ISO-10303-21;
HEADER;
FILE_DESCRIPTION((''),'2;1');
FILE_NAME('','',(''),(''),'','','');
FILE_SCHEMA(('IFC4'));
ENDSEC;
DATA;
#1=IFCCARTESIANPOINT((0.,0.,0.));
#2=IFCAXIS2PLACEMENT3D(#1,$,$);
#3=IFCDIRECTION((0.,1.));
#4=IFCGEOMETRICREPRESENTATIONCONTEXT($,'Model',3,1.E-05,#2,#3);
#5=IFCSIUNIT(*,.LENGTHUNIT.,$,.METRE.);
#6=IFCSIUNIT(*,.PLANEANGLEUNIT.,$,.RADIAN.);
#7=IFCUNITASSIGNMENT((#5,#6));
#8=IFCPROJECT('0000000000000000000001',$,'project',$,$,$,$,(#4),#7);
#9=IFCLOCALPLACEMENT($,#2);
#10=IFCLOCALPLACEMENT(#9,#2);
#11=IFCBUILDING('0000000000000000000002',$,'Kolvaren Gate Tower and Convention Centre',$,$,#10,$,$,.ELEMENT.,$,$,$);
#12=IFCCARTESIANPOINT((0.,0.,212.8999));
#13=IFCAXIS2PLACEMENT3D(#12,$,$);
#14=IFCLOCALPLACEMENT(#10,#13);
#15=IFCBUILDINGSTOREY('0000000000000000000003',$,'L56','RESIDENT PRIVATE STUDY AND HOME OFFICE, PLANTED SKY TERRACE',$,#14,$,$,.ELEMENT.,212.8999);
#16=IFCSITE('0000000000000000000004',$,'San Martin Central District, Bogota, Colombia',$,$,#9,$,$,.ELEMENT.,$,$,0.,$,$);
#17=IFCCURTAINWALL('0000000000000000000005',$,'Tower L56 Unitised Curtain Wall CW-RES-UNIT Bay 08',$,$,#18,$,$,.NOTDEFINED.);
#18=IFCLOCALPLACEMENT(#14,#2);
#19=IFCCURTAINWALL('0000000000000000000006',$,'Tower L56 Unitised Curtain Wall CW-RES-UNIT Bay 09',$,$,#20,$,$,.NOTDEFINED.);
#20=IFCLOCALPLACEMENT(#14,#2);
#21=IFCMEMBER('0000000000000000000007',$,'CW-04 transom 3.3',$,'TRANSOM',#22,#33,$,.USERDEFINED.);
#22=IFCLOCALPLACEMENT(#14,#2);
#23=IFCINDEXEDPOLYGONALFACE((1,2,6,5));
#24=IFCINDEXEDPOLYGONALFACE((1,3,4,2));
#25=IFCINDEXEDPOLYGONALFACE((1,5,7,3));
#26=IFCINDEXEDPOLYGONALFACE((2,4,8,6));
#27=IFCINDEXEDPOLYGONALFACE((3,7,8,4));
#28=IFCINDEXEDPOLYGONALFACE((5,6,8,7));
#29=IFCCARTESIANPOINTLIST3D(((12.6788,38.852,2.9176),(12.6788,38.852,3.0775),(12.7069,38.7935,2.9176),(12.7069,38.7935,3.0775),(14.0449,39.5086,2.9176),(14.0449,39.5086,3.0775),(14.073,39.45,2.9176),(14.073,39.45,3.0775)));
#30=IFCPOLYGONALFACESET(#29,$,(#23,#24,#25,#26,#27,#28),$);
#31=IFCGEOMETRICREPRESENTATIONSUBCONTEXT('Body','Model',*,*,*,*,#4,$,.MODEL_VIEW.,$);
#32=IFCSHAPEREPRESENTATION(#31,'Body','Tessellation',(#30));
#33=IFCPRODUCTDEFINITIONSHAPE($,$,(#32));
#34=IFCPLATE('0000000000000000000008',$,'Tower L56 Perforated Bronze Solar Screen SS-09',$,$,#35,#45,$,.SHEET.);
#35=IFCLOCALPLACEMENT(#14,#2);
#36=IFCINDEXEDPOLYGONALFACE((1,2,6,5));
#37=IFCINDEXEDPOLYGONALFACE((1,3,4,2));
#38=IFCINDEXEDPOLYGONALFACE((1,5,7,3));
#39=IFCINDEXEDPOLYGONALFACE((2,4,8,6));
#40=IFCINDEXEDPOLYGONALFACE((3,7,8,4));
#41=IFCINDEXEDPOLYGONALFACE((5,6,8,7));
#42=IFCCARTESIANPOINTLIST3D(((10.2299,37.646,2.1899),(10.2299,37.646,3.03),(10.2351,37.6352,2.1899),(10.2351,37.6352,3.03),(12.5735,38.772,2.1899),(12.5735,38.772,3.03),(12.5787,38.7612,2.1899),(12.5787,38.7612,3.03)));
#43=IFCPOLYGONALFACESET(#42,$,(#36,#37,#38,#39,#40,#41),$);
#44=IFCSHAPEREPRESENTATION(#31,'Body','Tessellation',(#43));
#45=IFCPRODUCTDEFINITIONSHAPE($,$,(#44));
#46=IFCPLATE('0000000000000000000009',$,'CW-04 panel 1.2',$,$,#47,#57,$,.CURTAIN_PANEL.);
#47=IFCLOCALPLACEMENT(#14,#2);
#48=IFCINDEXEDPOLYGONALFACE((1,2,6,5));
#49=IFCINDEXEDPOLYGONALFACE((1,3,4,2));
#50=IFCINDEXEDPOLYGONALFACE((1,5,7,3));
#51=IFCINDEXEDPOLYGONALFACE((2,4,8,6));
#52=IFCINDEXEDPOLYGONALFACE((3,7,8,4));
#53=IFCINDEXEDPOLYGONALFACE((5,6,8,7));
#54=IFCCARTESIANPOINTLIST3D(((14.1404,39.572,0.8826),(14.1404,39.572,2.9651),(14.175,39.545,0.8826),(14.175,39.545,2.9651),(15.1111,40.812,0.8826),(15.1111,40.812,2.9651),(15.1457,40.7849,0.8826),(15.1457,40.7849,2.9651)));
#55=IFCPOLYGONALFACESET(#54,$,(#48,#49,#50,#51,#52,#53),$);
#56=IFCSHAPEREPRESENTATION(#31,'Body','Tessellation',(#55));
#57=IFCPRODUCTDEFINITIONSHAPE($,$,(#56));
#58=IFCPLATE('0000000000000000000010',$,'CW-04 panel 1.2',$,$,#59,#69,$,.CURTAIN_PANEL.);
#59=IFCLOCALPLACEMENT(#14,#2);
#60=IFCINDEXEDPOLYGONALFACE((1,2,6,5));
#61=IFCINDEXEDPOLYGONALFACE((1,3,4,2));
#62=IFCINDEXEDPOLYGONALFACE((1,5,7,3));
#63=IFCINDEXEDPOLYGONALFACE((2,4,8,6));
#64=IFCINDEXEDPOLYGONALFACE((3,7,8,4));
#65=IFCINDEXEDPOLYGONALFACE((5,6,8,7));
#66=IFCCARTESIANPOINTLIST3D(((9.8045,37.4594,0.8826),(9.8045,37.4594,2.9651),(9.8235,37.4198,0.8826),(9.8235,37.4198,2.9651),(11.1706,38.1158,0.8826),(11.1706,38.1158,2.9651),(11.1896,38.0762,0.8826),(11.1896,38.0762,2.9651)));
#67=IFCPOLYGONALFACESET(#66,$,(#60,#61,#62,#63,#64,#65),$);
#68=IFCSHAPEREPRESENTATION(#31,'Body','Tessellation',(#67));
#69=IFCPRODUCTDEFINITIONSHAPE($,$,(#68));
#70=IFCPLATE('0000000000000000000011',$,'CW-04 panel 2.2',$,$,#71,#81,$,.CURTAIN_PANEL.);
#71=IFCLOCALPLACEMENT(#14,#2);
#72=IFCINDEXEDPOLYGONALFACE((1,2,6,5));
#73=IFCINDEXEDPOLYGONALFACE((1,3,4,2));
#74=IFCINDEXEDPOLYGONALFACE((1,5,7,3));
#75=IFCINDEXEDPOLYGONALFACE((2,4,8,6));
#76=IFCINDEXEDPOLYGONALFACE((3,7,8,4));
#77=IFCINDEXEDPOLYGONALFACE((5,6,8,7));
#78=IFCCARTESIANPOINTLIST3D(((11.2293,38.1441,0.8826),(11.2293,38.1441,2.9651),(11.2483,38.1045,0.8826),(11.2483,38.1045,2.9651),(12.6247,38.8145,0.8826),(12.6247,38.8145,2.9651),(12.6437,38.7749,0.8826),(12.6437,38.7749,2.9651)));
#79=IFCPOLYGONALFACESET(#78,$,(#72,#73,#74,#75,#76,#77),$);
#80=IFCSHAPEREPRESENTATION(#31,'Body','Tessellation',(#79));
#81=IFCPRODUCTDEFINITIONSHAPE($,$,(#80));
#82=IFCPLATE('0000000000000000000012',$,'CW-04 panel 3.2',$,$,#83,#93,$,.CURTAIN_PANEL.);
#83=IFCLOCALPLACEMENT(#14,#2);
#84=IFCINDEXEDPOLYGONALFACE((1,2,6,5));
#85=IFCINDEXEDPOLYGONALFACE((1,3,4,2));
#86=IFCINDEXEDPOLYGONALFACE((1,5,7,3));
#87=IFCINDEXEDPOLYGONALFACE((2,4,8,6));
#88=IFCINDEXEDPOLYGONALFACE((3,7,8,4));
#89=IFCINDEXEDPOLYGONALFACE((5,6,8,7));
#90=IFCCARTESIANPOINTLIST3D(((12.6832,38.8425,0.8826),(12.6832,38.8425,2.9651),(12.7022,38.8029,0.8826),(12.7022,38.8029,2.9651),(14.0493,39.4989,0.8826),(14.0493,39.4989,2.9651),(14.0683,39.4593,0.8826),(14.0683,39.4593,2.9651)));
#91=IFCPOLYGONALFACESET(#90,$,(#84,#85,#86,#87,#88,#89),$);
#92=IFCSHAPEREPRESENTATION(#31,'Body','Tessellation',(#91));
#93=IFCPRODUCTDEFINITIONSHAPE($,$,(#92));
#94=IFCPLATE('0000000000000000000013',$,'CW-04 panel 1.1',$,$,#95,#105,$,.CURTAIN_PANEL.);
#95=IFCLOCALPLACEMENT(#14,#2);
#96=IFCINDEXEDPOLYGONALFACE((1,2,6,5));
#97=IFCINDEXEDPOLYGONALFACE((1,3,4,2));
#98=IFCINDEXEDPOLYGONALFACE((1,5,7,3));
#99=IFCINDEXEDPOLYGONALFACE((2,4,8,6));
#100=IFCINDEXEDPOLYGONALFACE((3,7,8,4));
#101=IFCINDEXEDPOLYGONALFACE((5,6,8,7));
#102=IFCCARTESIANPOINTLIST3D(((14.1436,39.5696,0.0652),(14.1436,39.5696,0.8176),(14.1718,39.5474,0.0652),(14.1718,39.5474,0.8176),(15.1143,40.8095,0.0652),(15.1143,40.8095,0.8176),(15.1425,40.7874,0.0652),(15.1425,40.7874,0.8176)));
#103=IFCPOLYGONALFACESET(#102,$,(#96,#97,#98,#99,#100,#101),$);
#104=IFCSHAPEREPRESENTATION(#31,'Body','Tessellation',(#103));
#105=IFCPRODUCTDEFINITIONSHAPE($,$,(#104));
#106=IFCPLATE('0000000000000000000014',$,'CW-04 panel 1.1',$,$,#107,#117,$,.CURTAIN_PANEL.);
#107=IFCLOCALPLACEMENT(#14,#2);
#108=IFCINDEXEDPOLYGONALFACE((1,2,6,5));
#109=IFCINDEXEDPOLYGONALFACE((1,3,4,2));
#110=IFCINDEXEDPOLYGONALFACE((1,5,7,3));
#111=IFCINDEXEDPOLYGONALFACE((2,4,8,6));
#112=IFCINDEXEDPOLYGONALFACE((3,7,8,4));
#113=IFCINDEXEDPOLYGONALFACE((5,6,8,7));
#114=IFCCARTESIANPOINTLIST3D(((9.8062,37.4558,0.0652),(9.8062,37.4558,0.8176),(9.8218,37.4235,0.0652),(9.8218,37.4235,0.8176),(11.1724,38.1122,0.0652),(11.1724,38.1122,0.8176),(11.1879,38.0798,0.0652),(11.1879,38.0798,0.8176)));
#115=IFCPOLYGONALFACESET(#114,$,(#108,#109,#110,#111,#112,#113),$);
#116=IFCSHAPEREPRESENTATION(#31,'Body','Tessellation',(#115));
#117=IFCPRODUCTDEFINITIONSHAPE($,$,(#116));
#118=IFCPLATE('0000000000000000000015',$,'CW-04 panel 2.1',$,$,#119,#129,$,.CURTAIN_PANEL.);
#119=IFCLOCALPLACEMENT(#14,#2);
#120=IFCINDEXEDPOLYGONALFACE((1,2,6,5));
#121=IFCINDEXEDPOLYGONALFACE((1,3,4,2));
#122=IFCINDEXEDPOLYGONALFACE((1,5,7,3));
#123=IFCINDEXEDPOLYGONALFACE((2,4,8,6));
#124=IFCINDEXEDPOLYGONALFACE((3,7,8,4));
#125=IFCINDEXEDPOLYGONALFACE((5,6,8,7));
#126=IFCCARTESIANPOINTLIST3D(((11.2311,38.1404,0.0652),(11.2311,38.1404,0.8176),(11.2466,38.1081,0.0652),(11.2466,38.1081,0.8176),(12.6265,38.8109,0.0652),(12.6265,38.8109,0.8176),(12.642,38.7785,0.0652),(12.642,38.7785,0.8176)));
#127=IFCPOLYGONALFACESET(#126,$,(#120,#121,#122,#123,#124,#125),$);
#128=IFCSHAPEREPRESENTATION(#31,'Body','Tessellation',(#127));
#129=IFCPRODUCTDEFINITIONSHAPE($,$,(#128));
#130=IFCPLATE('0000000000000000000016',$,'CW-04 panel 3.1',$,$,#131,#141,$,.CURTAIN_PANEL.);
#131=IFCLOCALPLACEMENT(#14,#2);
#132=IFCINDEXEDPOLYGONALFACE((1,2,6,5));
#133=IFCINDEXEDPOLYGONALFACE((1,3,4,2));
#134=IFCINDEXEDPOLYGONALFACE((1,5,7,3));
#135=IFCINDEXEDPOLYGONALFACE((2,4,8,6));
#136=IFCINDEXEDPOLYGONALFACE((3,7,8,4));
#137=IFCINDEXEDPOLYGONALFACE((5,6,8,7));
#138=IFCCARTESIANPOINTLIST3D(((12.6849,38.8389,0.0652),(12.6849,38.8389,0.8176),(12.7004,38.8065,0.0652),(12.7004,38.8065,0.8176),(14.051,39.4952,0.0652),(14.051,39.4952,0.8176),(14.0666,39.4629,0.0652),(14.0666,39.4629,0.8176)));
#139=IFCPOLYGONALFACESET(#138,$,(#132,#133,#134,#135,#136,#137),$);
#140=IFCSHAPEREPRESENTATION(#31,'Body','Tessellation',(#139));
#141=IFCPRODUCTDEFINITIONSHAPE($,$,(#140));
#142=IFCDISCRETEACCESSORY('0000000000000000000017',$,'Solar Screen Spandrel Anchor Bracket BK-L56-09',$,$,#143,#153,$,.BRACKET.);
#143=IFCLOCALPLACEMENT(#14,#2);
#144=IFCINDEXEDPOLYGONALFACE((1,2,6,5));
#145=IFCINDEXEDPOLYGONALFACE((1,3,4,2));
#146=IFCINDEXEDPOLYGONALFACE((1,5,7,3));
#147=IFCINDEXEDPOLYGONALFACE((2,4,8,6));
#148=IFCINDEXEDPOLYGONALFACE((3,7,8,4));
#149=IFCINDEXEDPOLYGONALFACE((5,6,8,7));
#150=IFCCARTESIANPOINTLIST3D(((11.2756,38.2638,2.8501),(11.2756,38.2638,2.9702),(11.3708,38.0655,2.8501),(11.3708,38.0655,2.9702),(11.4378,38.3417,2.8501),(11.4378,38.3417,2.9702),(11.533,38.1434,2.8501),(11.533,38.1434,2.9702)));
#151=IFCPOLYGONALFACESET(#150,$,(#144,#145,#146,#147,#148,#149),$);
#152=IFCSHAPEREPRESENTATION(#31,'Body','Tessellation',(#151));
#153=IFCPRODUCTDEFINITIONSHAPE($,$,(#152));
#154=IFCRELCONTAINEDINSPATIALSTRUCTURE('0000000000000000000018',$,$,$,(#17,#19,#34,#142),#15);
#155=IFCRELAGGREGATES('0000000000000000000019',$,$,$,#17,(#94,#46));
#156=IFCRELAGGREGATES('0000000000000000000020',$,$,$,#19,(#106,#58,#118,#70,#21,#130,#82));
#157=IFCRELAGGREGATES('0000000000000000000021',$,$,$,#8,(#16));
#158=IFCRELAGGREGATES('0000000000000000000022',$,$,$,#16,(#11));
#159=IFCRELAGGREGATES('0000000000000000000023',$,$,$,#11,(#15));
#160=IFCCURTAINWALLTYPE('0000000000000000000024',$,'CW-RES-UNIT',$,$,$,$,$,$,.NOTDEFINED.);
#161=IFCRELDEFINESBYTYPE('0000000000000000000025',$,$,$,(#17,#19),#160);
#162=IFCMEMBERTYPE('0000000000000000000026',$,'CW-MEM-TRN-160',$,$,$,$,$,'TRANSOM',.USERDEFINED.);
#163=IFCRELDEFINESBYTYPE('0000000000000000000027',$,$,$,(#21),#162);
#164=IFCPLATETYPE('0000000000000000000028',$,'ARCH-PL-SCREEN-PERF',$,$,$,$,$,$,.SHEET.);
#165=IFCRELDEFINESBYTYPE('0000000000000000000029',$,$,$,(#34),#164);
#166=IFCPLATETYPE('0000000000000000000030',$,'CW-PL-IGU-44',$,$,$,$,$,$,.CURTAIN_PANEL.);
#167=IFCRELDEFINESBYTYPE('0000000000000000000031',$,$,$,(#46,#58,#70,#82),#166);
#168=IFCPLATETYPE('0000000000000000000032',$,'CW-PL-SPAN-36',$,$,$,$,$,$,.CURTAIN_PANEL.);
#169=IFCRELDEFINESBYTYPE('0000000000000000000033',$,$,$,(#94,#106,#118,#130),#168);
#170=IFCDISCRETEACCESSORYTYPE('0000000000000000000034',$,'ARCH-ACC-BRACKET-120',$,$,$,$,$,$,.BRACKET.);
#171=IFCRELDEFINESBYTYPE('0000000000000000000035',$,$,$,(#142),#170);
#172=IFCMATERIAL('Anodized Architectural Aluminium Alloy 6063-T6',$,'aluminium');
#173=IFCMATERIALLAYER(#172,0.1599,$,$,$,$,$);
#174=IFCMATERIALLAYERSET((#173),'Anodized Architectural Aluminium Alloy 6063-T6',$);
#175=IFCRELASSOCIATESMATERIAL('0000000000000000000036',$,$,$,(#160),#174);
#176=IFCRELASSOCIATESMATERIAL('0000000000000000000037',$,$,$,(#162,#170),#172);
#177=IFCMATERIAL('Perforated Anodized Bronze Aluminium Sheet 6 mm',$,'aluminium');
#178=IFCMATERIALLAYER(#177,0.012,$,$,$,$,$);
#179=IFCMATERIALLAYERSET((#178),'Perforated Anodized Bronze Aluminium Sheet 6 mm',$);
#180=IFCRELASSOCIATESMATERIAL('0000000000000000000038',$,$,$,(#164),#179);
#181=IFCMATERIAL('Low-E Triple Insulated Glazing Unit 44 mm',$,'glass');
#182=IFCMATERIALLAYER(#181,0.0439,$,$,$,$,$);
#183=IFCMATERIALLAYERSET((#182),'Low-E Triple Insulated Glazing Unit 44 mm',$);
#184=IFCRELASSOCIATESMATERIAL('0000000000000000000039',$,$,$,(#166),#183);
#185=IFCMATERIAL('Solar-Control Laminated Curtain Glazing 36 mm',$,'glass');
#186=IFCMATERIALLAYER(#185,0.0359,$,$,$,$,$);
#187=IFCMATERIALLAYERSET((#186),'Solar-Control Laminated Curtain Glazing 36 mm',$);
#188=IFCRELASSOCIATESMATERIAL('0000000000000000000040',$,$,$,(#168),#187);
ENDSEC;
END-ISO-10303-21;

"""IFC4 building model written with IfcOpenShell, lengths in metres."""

from ifc_helpers import new_model, si_unit, direction, frame, origin, origin_2d, place, context, subcontext, project, spatial, rectangle, extrude, material, layer, layer_set, material_profile, profile_set, type_object, element, aggregate, save


model = new_model("IFC4")

# Units and contexts
model_context = context("Model", 3, precision=1e-05, world=origin(), true_north=direction((0.0, 1.0)))
body_context = subcontext(model_context, "Body", "Model", "MODEL_VIEW")
ifc_project = project(units=[si_unit("LENGTHUNIT", "METRE"), si_unit("PLANEANGLEUNIT", "RADIAN")], contexts=[model_context])

# Site, building, storey
site_placement = place(None, origin())
site = spatial("IfcSite", under=ifc_project, at=site_placement, Name="San Martin Central District, Bogota, Colombia", CompositionType="ELEMENT", RefElevation=0.0)
building_placement = place(site_placement, origin())
building = spatial("IfcBuilding", under=site, at=building_placement, Name="Kolvaren Gate Tower and Convention Centre", CompositionType="ELEMENT")
storey_placement = place(building_placement, frame((0.0, 0.0, 212.8999)))
storey = spatial("IfcBuildingStorey", under=building, at=storey_placement, Name="L56", Description="RESIDENT PRIVATE STUDY AND HOME OFFICE, PLANTED SKY TERRACE", CompositionType="ELEMENT", Elevation=212.8999)

# Curtain walls
ifc_material_1 = material(Name="Anodized Architectural Aluminium Alloy 6063-T6", Category="aluminium")
ifc_layer_1 = layer(ifc_material_1, 0.1599)
ifc_layer_set_1 = layer_set([ifc_layer_1], Name="Anodized Architectural Aluminium Alloy 6063-T6")
curtain_wall_type = type_object("IfcCurtainWallType", Name="CW-RES-UNIT", PredefinedType="NOTDEFINED", material=ifc_layer_set_1)
curtain_wall_1_placement = place(storey_placement, origin())
curtain_wall_1 = element("IfcCurtainWall", 1, at=curtain_wall_1_placement, inside=storey, type_object=curtain_wall_type, Name="Tower L56 Unitised Curtain Wall CW-RES-UNIT Bay 08", PredefinedType="NOTDEFINED")
curtain_wall_2_placement = place(storey_placement, origin())
curtain_wall_2 = element("IfcCurtainWall", 2, at=curtain_wall_2_placement, inside=storey, type_object=curtain_wall_type, Name="Tower L56 Unitised Curtain Wall CW-RES-UNIT Bay 09", PredefinedType="NOTDEFINED")

# Member
ifc_material_profile_1 = material_profile(ifc_material_1, rectangle(XDim=0.0649, YDim=0.1599, at=origin_2d()), Name="CW-MEM-TRN-160")
ifc_profile_set_1 = profile_set([ifc_material_profile_1], Name="Anodized Architectural Aluminium Alloy 6063-T6")
member_type_1 = type_object("IfcMemberType", Name="CW-MEM-TRN-160", ElementType="TRANSOM", PredefinedType="USERDEFINED", material=ifc_profile_set_1)
member_1_placement = place(storey_placement, frame((12.6929, 38.8228, 2.9976), z_axis=(0.901309, 0.433176, 0.0), x_axis=(-0.433176, 0.901309, 0.0)))
member_1 = element("IfcMember", 3, at=member_1_placement, type_object=member_type_1, Name="CW-04 transom 3.3", ObjectType="TRANSOM", PredefinedType="USERDEFINED", context=body_context, shape_type="SweptSolid", body=[
    extrude(rectangle(XDim=0.0649, YDim=0.1599, at=origin_2d()), origin(), (0.0, 0.0, 1.0), 1.5156),
])

# Plates
ifc_material_2 = material(Name="Perforated Anodized Bronze Aluminium Sheet 6 mm", Category="aluminium")
ifc_layer_2 = layer(ifc_material_2, 0.012)
ifc_layer_set_2 = layer_set([ifc_layer_2], Name="Perforated Anodized Bronze Aluminium Sheet 6 mm")
plate_type_1 = type_object("IfcPlateType", Name="ARCH-PL-SCREEN-PERF", PredefinedType="SHEET", material=ifc_layer_set_2)
plate_1_placement = place(storey_placement, frame((11.4043, 38.2036, 2.1899), z_axis=(0.0, 0.0, 1.0), x_axis=(0.901359, 0.433072, 0.0)))
element("IfcPlate", 4, at=plate_1_placement, inside=storey, type_object=plate_type_1, Name="Tower L56 Perforated Bronze Solar Screen SS-09", PredefinedType="SHEET", context=body_context, shape_type="SweptSolid", body=[
    extrude(rectangle(XDim=2.6001, YDim=0.012, at=origin_2d()), origin(), (0.0, 0.0, 1.0), 0.8401),
])
ifc_material_3 = material(Name="Low-E Triple Insulated Glazing Unit 44 mm", Category="glass")
ifc_layer_3 = layer(ifc_material_3, 0.0439)
ifc_layer_set_3 = layer_set([ifc_layer_3], Name="Low-E Triple Insulated Glazing Unit 44 mm")
plate_type_2 = type_object("IfcPlateType", Name="CW-PL-IGU-44", PredefinedType="CURTAIN_PANEL", material=ifc_layer_set_3)
plate_2_placement = place(storey_placement, frame((14.6431, 40.1785, 0.8826), z_axis=(0.0, 0.0, 1.0), x_axis=(0.61643, 0.78741, 0.0)))
plate_2 = element("IfcPlate", 5, at=plate_2_placement, type_object=plate_type_2, Name="CW-04 panel 1.2", PredefinedType="CURTAIN_PANEL", context=body_context, shape_type="SweptSolid", body=[
    extrude(rectangle(XDim=1.5747, YDim=0.0439, at=origin_2d()), origin(), (0.0, 0.0, 1.0), 2.0825),
])
plate_3_placement = place(storey_placement, frame((10.4971, 37.7678, 0.8826), z_axis=(0.0, 0.0, 1.0), x_axis=(0.901362, 0.433066, 0.0)))
plate_3 = element("IfcPlate", 6, at=plate_3_placement, type_object=plate_type_2, Name="CW-04 panel 1.2", PredefinedType="CURTAIN_PANEL", context=body_context, shape_type="SweptSolid", body=[
    extrude(rectangle(XDim=1.5156, YDim=0.0439, at=origin_2d()), origin(), (0.0, 0.0, 1.0), 2.0825),
])
plate_4_placement = place(storey_placement, frame((11.9365, 38.4595, 0.8826), z_axis=(0.0, 0.0, 1.0), x_axis=(0.901362, 0.433066, 0.0)))
plate_4 = element("IfcPlate", 7, at=plate_4_placement, type_object=plate_type_2, Name="CW-04 panel 2.2", PredefinedType="CURTAIN_PANEL", context=body_context, shape_type="SweptSolid", body=[
    extrude(rectangle(XDim=1.5481, YDim=0.0439, at=origin_2d()), origin(), (0.0, 0.0, 1.0), 2.0825),
])
plate_5_placement = place(storey_placement, frame((13.3757, 39.1509, 0.8826), z_axis=(0.0, 0.0, 1.0), x_axis=(0.901362, 0.433066, 0.0)))
plate_5 = element("IfcPlate", 8, at=plate_5_placement, type_object=plate_type_2, Name="CW-04 panel 3.2", PredefinedType="CURTAIN_PANEL", context=body_context, shape_type="SweptSolid", body=[
    extrude(rectangle(XDim=1.5156, YDim=0.0439, at=origin_2d()), origin(), (0.0, 0.0, 1.0), 2.0825),
])
ifc_material_4 = material(Name="Solar-Control Laminated Curtain Glazing 36 mm", Category="glass")
ifc_layer_4 = layer(ifc_material_4, 0.0359)
ifc_layer_set_4 = layer_set([ifc_layer_4], Name="Solar-Control Laminated Curtain Glazing 36 mm")
plate_type_3 = type_object("IfcPlateType", Name="CW-PL-SPAN-36", PredefinedType="CURTAIN_PANEL", material=ifc_layer_set_4)
plate_6_placement = place(storey_placement, frame((14.6431, 40.1785, 0.0652), z_axis=(0.0, 0.0, 1.0), x_axis=(0.61643, 0.78741, 0.0)))
plate_6 = element("IfcPlate", 9, at=plate_6_placement, type_object=plate_type_3, Name="CW-04 panel 1.1", PredefinedType="CURTAIN_PANEL", context=body_context, shape_type="SweptSolid", body=[
    extrude(rectangle(XDim=1.5747, YDim=0.0359, at=origin_2d()), origin(), (0.0, 0.0, 1.0), 0.7524),
])
aggregate(curtain_wall_1, [plate_6, plate_2])
plate_7_placement = place(storey_placement, frame((10.4971, 37.7678, 0.0652), z_axis=(0.0, 0.0, 1.0), x_axis=(0.901362, 0.433066, 0.0)))
plate_7 = element("IfcPlate", 10, at=plate_7_placement, type_object=plate_type_3, Name="CW-04 panel 1.1", PredefinedType="CURTAIN_PANEL", context=body_context, shape_type="SweptSolid", body=[
    extrude(rectangle(XDim=1.5156, YDim=0.0359, at=origin_2d()), origin(), (0.0, 0.0, 1.0), 0.7524),
])
plate_8_placement = place(storey_placement, frame((11.9365, 38.4595, 0.0652), z_axis=(0.0, 0.0, 1.0), x_axis=(0.901362, 0.433066, 0.0)))
plate_8 = element("IfcPlate", 11, at=plate_8_placement, type_object=plate_type_3, Name="CW-04 panel 2.1", PredefinedType="CURTAIN_PANEL", context=body_context, shape_type="SweptSolid", body=[
    extrude(rectangle(XDim=1.5481, YDim=0.0359, at=origin_2d()), origin(), (0.0, 0.0, 1.0), 0.7524),
])
plate_9_placement = place(storey_placement, frame((13.3757, 39.1509, 0.0652), z_axis=(0.0, 0.0, 1.0), x_axis=(0.901362, 0.433066, 0.0)))
plate_9 = element("IfcPlate", 12, at=plate_9_placement, type_object=plate_type_3, Name="CW-04 panel 3.1", PredefinedType="CURTAIN_PANEL", context=body_context, shape_type="SweptSolid", body=[
    extrude(rectangle(XDim=1.5156, YDim=0.0359, at=origin_2d()), origin(), (0.0, 0.0, 1.0), 0.7524),
])
aggregate(curtain_wall_2, [plate_7, plate_3, plate_8, plate_4, member_1, plate_9, plate_5])

# Discrete accessory
discrete_accessory_type = type_object("IfcDiscreteAccessoryType", Name="ARCH-ACC-BRACKET-120", PredefinedType="BRACKET", material=ifc_material_1)
discrete_accessory_placement = place(storey_placement, frame((11.4043, 38.2036, 2.8501), z_axis=(0.0, 0.0, 1.0), x_axis=(0.901359, 0.433072, 0.0)))
element("IfcDiscreteAccessory", 13, at=discrete_accessory_placement, inside=storey, type_object=discrete_accessory_type, Name="Solar Screen Spandrel Anchor Bracket BK-L56-09", PredefinedType="BRACKET", context=body_context, shape_type="SweptSolid", body=[
    extrude(rectangle(XDim=0.1799, YDim=0.22, at=origin_2d()), origin(), (0.0, 0.0, 1.0), 0.1201),
])

save(model, "model.ifc")
